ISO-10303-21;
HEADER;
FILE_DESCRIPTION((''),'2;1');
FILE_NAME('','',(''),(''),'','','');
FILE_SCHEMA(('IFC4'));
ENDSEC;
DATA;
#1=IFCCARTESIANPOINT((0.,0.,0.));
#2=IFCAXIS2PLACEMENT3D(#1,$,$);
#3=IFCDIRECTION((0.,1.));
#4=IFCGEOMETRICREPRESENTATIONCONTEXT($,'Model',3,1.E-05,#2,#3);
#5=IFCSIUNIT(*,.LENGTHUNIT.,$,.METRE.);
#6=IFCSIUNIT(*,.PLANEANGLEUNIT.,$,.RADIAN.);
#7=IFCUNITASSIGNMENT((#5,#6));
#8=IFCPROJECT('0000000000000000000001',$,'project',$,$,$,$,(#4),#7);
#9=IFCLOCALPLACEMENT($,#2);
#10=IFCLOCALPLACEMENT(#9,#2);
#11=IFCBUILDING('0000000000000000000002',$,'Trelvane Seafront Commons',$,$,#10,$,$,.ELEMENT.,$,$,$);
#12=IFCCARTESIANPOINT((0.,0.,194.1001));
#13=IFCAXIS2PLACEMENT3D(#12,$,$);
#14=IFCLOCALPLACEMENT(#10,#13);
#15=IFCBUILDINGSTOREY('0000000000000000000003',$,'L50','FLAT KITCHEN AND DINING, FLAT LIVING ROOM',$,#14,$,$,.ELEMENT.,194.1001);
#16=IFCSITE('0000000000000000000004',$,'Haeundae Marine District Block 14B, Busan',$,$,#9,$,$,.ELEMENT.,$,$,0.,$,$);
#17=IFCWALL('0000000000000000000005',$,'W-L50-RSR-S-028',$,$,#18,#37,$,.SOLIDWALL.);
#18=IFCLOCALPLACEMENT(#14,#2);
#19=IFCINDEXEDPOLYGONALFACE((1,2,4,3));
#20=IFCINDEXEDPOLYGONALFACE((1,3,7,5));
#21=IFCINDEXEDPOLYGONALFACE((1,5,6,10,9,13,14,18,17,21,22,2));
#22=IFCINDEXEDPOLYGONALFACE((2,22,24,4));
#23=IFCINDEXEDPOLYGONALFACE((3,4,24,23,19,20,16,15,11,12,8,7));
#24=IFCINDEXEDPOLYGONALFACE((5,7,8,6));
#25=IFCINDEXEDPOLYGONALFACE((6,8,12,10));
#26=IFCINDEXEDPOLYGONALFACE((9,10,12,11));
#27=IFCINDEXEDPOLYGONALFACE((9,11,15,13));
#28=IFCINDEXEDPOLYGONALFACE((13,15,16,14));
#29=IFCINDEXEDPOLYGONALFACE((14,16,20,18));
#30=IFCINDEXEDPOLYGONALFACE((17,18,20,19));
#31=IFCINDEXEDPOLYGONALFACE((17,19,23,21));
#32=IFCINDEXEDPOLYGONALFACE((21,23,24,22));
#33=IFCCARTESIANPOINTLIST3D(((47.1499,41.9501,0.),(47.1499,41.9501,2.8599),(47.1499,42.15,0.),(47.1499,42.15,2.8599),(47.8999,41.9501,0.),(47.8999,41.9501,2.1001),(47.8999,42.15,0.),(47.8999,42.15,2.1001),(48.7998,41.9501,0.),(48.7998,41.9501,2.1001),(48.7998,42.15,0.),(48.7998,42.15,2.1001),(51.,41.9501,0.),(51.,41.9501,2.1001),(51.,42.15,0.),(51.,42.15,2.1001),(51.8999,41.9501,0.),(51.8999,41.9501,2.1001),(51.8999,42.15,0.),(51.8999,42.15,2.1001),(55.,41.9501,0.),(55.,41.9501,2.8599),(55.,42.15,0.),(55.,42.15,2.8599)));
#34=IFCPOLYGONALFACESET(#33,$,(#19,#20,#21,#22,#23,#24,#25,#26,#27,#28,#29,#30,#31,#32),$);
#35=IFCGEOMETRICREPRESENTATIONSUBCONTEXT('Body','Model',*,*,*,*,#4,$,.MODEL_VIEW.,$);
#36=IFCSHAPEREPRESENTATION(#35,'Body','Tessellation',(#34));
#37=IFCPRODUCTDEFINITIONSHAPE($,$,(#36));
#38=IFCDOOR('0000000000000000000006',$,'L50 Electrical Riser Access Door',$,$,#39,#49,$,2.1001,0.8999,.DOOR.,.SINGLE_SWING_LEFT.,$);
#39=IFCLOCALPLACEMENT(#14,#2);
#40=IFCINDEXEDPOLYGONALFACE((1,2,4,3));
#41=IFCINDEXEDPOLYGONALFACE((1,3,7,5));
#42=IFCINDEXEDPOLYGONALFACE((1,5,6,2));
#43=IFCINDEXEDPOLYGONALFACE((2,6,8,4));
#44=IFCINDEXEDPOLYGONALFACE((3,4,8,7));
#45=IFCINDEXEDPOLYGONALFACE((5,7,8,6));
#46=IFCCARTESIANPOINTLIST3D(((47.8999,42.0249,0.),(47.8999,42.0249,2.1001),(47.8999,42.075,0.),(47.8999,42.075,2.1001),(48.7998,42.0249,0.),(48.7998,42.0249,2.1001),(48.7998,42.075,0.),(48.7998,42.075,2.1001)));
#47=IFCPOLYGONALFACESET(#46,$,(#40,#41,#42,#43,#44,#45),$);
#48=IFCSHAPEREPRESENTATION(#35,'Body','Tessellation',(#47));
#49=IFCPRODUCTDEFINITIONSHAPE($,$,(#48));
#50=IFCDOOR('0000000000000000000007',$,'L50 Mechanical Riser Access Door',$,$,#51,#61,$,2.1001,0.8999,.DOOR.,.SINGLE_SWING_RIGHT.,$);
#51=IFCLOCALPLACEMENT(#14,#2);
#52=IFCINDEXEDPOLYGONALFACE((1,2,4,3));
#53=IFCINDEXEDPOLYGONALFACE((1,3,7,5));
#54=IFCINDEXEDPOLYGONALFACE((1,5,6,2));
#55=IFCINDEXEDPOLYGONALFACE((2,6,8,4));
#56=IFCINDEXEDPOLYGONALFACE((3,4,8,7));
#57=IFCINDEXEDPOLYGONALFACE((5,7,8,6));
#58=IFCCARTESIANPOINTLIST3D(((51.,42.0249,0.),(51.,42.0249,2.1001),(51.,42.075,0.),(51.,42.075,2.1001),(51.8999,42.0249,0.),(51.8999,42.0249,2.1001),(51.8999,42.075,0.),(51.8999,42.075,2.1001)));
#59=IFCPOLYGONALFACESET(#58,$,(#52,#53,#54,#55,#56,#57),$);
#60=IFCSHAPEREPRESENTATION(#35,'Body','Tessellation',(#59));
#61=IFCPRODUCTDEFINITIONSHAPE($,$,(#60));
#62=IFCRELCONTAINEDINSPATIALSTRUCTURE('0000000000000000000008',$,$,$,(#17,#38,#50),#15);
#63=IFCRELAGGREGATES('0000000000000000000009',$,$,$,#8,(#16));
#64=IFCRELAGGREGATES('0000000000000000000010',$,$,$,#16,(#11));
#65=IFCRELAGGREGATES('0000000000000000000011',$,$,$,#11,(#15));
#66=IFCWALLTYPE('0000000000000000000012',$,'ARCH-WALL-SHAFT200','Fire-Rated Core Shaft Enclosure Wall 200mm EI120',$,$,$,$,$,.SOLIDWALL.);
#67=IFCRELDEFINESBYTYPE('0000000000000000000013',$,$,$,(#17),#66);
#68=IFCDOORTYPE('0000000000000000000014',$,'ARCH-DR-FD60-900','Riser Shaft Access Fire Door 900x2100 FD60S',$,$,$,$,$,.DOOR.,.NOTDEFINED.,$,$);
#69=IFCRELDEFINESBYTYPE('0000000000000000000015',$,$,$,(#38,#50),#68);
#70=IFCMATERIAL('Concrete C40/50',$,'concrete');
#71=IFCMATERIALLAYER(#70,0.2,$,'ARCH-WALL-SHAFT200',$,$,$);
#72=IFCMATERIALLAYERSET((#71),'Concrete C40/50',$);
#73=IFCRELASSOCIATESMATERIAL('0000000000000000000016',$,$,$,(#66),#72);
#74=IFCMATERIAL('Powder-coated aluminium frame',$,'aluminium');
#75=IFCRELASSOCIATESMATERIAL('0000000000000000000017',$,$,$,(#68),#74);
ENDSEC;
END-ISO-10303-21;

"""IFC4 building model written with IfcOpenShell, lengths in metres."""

from ifc_helpers import new_model, si_unit, direction, frame, frame_2d, origin, place, context, subcontext, project, spatial, rectangle, extrude, source, transform, mapped, material, layer, layer_set, type_object, element, fill, save


model = new_model("IFC4")

# Units and contexts
model_context = context("Model", 3, precision=1e-05, world=origin(), true_north=direction((0.0, 1.0)))
body_context = subcontext(model_context, "Body", "Model", "MODEL_VIEW")
ifc_project = project(units=[si_unit("LENGTHUNIT", "METRE"), si_unit("PLANEANGLEUNIT", "RADIAN")], contexts=[model_context])

# Site, building, storey
site_placement = place(None, origin())
site = spatial("IfcSite", under=ifc_project, at=site_placement, Name="Haeundae Marine District Block 14B, Busan", CompositionType="ELEMENT", RefElevation=0.0)
building_placement = place(site_placement, origin())
building = spatial("IfcBuilding", under=site, at=building_placement, Name="Trelvane Seafront Commons", CompositionType="ELEMENT")
storey_placement = place(building_placement, frame((0.0, 0.0, 194.1001)))
storey = spatial("IfcBuildingStorey", under=building, at=storey_placement, Name="L50", Description="FLAT KITCHEN AND DINING, FLAT LIVING ROOM", CompositionType="ELEMENT", Elevation=194.1001)

# Shared definitions
ifc_material_1 = material(Name="Concrete C40/50", Category="concrete")
ifc_material_2 = material(Name="Powder-coated aluminium frame", Category="aluminium")

# Shared definitions
ifc_layer_1 = layer(ifc_material_1, 0.2, Name="ARCH-WALL-SHAFT200")
ifc_layer_set_1 = layer_set([ifc_layer_1], Name="Concrete C40/50")
wall_type_1 = type_object("IfcWallType", Name="ARCH-WALL-SHAFT200", Description="Fire-Rated Core Shaft Enclosure Wall 200mm EI120", PredefinedType="SOLIDWALL", material=ifc_layer_set_1)

# Wall, openings, doors
wall_1_placement = place(storey_placement, frame((47.1499, 42.05, 0.0), z_axis=(0.0, 0.0, 1.0), x_axis=(1.0, 0.0, 0.0)))
wall_1 = element("IfcWall", 1, at=wall_1_placement, inside=storey, type_object=wall_type_1, Name="W-L50-RSR-S-028", PredefinedType="SOLIDWALL", context=body_context, shape_type="SweptSolid", body=[
    extrude(rectangle(XDim=7.8501, YDim=0.2, at=frame_2d((3.925, 0.0))), origin(), (0.0, 0.0, 1.0), 2.8599),
])
opening_1_placement = place(wall_1_placement, frame((0.75, 0.0, 0.0)))
opening_1 = element("IfcOpeningElement", 2, at=opening_1_placement, cuts=wall_1, PredefinedType="OPENING", context=body_context, shape_type="SweptSolid", body=[
    extrude(rectangle(XDim=0.8999, YDim=2.1001, at=frame_2d((0.45, 1.05))), frame((0.0, 0.1099, 0.0), z_axis=(0.0, -1.0, 0.0), x_axis=(1.0, 0.0, 0.0)), (0.0, 0.0, 1.0), 0.22),
])
opening_2_placement = place(wall_1_placement, frame((3.8501, 0.0, 0.0)))
opening_2 = element("IfcOpeningElement", 3, at=opening_2_placement, cuts=wall_1, PredefinedType="OPENING", context=body_context, shape_type="SweptSolid", body=[
    extrude(rectangle(XDim=0.8999, YDim=2.1001, at=frame_2d((0.45, 1.05))), frame((0.0, 0.1099, 0.0), z_axis=(0.0, -1.0, 0.0), x_axis=(1.0, 0.0, 0.0)), (0.0, 0.0, 1.0), 0.22),
])
door_type_1 = type_object("IfcDoorType", Name="ARCH-DR-FD60-900", Description="Riser Shaft Access Fire Door 900x2100 FD60S", OperationType="NOTDEFINED", PredefinedType="DOOR", material=ifc_material_2)
shared_shape_1 = source(origin(), body_context, "Body", "SweptSolid", [
    extrude(rectangle(XDim=0.8999, YDim=2.1001, at=frame_2d((0.45, 1.05))), frame((0.0, 0.0249, 0.0), z_axis=(0.0, -1.0, 0.0), x_axis=(1.0, 0.0, 0.0)), (0.0, 0.0, 1.0), 0.05),
])
door_1_placement = place(opening_1_placement, origin())
door_1 = element("IfcDoor", 4, at=door_1_placement, inside=storey, type_object=door_type_1, Name="L50 Electrical Riser Access Door", OperationType="SINGLE_SWING_LEFT", OverallHeight=2.1001, OverallWidth=0.8999, PredefinedType="DOOR", context=body_context, shape_type="MappedRepresentation", body=[
    mapped(shared_shape_1, transform((0.0, 0.0, 0.0), x_axis=(1.0, 0.0, 0.0), y_axis=(0.0, 1.0, 0.0), z_axis=(0.0, 0.0, 1.0), scale=1.0)),
])
fill(opening_1, door_1)
door_2_placement = place(opening_2_placement, origin())
door_2 = element("IfcDoor", 5, at=door_2_placement, inside=storey, type_object=door_type_1, Name="L50 Mechanical Riser Access Door", OperationType="SINGLE_SWING_RIGHT", OverallHeight=2.1001, OverallWidth=0.8999, PredefinedType="DOOR", context=body_context, shape_type="MappedRepresentation", body=[
    mapped(shared_shape_1, transform((0.0, 0.0, 0.0), x_axis=(1.0, 0.0, 0.0), y_axis=(0.0, 1.0, 0.0), z_axis=(0.0, 0.0, 1.0), scale=1.0)),
])
fill(opening_2, door_2)

save(model, "model.ifc")
